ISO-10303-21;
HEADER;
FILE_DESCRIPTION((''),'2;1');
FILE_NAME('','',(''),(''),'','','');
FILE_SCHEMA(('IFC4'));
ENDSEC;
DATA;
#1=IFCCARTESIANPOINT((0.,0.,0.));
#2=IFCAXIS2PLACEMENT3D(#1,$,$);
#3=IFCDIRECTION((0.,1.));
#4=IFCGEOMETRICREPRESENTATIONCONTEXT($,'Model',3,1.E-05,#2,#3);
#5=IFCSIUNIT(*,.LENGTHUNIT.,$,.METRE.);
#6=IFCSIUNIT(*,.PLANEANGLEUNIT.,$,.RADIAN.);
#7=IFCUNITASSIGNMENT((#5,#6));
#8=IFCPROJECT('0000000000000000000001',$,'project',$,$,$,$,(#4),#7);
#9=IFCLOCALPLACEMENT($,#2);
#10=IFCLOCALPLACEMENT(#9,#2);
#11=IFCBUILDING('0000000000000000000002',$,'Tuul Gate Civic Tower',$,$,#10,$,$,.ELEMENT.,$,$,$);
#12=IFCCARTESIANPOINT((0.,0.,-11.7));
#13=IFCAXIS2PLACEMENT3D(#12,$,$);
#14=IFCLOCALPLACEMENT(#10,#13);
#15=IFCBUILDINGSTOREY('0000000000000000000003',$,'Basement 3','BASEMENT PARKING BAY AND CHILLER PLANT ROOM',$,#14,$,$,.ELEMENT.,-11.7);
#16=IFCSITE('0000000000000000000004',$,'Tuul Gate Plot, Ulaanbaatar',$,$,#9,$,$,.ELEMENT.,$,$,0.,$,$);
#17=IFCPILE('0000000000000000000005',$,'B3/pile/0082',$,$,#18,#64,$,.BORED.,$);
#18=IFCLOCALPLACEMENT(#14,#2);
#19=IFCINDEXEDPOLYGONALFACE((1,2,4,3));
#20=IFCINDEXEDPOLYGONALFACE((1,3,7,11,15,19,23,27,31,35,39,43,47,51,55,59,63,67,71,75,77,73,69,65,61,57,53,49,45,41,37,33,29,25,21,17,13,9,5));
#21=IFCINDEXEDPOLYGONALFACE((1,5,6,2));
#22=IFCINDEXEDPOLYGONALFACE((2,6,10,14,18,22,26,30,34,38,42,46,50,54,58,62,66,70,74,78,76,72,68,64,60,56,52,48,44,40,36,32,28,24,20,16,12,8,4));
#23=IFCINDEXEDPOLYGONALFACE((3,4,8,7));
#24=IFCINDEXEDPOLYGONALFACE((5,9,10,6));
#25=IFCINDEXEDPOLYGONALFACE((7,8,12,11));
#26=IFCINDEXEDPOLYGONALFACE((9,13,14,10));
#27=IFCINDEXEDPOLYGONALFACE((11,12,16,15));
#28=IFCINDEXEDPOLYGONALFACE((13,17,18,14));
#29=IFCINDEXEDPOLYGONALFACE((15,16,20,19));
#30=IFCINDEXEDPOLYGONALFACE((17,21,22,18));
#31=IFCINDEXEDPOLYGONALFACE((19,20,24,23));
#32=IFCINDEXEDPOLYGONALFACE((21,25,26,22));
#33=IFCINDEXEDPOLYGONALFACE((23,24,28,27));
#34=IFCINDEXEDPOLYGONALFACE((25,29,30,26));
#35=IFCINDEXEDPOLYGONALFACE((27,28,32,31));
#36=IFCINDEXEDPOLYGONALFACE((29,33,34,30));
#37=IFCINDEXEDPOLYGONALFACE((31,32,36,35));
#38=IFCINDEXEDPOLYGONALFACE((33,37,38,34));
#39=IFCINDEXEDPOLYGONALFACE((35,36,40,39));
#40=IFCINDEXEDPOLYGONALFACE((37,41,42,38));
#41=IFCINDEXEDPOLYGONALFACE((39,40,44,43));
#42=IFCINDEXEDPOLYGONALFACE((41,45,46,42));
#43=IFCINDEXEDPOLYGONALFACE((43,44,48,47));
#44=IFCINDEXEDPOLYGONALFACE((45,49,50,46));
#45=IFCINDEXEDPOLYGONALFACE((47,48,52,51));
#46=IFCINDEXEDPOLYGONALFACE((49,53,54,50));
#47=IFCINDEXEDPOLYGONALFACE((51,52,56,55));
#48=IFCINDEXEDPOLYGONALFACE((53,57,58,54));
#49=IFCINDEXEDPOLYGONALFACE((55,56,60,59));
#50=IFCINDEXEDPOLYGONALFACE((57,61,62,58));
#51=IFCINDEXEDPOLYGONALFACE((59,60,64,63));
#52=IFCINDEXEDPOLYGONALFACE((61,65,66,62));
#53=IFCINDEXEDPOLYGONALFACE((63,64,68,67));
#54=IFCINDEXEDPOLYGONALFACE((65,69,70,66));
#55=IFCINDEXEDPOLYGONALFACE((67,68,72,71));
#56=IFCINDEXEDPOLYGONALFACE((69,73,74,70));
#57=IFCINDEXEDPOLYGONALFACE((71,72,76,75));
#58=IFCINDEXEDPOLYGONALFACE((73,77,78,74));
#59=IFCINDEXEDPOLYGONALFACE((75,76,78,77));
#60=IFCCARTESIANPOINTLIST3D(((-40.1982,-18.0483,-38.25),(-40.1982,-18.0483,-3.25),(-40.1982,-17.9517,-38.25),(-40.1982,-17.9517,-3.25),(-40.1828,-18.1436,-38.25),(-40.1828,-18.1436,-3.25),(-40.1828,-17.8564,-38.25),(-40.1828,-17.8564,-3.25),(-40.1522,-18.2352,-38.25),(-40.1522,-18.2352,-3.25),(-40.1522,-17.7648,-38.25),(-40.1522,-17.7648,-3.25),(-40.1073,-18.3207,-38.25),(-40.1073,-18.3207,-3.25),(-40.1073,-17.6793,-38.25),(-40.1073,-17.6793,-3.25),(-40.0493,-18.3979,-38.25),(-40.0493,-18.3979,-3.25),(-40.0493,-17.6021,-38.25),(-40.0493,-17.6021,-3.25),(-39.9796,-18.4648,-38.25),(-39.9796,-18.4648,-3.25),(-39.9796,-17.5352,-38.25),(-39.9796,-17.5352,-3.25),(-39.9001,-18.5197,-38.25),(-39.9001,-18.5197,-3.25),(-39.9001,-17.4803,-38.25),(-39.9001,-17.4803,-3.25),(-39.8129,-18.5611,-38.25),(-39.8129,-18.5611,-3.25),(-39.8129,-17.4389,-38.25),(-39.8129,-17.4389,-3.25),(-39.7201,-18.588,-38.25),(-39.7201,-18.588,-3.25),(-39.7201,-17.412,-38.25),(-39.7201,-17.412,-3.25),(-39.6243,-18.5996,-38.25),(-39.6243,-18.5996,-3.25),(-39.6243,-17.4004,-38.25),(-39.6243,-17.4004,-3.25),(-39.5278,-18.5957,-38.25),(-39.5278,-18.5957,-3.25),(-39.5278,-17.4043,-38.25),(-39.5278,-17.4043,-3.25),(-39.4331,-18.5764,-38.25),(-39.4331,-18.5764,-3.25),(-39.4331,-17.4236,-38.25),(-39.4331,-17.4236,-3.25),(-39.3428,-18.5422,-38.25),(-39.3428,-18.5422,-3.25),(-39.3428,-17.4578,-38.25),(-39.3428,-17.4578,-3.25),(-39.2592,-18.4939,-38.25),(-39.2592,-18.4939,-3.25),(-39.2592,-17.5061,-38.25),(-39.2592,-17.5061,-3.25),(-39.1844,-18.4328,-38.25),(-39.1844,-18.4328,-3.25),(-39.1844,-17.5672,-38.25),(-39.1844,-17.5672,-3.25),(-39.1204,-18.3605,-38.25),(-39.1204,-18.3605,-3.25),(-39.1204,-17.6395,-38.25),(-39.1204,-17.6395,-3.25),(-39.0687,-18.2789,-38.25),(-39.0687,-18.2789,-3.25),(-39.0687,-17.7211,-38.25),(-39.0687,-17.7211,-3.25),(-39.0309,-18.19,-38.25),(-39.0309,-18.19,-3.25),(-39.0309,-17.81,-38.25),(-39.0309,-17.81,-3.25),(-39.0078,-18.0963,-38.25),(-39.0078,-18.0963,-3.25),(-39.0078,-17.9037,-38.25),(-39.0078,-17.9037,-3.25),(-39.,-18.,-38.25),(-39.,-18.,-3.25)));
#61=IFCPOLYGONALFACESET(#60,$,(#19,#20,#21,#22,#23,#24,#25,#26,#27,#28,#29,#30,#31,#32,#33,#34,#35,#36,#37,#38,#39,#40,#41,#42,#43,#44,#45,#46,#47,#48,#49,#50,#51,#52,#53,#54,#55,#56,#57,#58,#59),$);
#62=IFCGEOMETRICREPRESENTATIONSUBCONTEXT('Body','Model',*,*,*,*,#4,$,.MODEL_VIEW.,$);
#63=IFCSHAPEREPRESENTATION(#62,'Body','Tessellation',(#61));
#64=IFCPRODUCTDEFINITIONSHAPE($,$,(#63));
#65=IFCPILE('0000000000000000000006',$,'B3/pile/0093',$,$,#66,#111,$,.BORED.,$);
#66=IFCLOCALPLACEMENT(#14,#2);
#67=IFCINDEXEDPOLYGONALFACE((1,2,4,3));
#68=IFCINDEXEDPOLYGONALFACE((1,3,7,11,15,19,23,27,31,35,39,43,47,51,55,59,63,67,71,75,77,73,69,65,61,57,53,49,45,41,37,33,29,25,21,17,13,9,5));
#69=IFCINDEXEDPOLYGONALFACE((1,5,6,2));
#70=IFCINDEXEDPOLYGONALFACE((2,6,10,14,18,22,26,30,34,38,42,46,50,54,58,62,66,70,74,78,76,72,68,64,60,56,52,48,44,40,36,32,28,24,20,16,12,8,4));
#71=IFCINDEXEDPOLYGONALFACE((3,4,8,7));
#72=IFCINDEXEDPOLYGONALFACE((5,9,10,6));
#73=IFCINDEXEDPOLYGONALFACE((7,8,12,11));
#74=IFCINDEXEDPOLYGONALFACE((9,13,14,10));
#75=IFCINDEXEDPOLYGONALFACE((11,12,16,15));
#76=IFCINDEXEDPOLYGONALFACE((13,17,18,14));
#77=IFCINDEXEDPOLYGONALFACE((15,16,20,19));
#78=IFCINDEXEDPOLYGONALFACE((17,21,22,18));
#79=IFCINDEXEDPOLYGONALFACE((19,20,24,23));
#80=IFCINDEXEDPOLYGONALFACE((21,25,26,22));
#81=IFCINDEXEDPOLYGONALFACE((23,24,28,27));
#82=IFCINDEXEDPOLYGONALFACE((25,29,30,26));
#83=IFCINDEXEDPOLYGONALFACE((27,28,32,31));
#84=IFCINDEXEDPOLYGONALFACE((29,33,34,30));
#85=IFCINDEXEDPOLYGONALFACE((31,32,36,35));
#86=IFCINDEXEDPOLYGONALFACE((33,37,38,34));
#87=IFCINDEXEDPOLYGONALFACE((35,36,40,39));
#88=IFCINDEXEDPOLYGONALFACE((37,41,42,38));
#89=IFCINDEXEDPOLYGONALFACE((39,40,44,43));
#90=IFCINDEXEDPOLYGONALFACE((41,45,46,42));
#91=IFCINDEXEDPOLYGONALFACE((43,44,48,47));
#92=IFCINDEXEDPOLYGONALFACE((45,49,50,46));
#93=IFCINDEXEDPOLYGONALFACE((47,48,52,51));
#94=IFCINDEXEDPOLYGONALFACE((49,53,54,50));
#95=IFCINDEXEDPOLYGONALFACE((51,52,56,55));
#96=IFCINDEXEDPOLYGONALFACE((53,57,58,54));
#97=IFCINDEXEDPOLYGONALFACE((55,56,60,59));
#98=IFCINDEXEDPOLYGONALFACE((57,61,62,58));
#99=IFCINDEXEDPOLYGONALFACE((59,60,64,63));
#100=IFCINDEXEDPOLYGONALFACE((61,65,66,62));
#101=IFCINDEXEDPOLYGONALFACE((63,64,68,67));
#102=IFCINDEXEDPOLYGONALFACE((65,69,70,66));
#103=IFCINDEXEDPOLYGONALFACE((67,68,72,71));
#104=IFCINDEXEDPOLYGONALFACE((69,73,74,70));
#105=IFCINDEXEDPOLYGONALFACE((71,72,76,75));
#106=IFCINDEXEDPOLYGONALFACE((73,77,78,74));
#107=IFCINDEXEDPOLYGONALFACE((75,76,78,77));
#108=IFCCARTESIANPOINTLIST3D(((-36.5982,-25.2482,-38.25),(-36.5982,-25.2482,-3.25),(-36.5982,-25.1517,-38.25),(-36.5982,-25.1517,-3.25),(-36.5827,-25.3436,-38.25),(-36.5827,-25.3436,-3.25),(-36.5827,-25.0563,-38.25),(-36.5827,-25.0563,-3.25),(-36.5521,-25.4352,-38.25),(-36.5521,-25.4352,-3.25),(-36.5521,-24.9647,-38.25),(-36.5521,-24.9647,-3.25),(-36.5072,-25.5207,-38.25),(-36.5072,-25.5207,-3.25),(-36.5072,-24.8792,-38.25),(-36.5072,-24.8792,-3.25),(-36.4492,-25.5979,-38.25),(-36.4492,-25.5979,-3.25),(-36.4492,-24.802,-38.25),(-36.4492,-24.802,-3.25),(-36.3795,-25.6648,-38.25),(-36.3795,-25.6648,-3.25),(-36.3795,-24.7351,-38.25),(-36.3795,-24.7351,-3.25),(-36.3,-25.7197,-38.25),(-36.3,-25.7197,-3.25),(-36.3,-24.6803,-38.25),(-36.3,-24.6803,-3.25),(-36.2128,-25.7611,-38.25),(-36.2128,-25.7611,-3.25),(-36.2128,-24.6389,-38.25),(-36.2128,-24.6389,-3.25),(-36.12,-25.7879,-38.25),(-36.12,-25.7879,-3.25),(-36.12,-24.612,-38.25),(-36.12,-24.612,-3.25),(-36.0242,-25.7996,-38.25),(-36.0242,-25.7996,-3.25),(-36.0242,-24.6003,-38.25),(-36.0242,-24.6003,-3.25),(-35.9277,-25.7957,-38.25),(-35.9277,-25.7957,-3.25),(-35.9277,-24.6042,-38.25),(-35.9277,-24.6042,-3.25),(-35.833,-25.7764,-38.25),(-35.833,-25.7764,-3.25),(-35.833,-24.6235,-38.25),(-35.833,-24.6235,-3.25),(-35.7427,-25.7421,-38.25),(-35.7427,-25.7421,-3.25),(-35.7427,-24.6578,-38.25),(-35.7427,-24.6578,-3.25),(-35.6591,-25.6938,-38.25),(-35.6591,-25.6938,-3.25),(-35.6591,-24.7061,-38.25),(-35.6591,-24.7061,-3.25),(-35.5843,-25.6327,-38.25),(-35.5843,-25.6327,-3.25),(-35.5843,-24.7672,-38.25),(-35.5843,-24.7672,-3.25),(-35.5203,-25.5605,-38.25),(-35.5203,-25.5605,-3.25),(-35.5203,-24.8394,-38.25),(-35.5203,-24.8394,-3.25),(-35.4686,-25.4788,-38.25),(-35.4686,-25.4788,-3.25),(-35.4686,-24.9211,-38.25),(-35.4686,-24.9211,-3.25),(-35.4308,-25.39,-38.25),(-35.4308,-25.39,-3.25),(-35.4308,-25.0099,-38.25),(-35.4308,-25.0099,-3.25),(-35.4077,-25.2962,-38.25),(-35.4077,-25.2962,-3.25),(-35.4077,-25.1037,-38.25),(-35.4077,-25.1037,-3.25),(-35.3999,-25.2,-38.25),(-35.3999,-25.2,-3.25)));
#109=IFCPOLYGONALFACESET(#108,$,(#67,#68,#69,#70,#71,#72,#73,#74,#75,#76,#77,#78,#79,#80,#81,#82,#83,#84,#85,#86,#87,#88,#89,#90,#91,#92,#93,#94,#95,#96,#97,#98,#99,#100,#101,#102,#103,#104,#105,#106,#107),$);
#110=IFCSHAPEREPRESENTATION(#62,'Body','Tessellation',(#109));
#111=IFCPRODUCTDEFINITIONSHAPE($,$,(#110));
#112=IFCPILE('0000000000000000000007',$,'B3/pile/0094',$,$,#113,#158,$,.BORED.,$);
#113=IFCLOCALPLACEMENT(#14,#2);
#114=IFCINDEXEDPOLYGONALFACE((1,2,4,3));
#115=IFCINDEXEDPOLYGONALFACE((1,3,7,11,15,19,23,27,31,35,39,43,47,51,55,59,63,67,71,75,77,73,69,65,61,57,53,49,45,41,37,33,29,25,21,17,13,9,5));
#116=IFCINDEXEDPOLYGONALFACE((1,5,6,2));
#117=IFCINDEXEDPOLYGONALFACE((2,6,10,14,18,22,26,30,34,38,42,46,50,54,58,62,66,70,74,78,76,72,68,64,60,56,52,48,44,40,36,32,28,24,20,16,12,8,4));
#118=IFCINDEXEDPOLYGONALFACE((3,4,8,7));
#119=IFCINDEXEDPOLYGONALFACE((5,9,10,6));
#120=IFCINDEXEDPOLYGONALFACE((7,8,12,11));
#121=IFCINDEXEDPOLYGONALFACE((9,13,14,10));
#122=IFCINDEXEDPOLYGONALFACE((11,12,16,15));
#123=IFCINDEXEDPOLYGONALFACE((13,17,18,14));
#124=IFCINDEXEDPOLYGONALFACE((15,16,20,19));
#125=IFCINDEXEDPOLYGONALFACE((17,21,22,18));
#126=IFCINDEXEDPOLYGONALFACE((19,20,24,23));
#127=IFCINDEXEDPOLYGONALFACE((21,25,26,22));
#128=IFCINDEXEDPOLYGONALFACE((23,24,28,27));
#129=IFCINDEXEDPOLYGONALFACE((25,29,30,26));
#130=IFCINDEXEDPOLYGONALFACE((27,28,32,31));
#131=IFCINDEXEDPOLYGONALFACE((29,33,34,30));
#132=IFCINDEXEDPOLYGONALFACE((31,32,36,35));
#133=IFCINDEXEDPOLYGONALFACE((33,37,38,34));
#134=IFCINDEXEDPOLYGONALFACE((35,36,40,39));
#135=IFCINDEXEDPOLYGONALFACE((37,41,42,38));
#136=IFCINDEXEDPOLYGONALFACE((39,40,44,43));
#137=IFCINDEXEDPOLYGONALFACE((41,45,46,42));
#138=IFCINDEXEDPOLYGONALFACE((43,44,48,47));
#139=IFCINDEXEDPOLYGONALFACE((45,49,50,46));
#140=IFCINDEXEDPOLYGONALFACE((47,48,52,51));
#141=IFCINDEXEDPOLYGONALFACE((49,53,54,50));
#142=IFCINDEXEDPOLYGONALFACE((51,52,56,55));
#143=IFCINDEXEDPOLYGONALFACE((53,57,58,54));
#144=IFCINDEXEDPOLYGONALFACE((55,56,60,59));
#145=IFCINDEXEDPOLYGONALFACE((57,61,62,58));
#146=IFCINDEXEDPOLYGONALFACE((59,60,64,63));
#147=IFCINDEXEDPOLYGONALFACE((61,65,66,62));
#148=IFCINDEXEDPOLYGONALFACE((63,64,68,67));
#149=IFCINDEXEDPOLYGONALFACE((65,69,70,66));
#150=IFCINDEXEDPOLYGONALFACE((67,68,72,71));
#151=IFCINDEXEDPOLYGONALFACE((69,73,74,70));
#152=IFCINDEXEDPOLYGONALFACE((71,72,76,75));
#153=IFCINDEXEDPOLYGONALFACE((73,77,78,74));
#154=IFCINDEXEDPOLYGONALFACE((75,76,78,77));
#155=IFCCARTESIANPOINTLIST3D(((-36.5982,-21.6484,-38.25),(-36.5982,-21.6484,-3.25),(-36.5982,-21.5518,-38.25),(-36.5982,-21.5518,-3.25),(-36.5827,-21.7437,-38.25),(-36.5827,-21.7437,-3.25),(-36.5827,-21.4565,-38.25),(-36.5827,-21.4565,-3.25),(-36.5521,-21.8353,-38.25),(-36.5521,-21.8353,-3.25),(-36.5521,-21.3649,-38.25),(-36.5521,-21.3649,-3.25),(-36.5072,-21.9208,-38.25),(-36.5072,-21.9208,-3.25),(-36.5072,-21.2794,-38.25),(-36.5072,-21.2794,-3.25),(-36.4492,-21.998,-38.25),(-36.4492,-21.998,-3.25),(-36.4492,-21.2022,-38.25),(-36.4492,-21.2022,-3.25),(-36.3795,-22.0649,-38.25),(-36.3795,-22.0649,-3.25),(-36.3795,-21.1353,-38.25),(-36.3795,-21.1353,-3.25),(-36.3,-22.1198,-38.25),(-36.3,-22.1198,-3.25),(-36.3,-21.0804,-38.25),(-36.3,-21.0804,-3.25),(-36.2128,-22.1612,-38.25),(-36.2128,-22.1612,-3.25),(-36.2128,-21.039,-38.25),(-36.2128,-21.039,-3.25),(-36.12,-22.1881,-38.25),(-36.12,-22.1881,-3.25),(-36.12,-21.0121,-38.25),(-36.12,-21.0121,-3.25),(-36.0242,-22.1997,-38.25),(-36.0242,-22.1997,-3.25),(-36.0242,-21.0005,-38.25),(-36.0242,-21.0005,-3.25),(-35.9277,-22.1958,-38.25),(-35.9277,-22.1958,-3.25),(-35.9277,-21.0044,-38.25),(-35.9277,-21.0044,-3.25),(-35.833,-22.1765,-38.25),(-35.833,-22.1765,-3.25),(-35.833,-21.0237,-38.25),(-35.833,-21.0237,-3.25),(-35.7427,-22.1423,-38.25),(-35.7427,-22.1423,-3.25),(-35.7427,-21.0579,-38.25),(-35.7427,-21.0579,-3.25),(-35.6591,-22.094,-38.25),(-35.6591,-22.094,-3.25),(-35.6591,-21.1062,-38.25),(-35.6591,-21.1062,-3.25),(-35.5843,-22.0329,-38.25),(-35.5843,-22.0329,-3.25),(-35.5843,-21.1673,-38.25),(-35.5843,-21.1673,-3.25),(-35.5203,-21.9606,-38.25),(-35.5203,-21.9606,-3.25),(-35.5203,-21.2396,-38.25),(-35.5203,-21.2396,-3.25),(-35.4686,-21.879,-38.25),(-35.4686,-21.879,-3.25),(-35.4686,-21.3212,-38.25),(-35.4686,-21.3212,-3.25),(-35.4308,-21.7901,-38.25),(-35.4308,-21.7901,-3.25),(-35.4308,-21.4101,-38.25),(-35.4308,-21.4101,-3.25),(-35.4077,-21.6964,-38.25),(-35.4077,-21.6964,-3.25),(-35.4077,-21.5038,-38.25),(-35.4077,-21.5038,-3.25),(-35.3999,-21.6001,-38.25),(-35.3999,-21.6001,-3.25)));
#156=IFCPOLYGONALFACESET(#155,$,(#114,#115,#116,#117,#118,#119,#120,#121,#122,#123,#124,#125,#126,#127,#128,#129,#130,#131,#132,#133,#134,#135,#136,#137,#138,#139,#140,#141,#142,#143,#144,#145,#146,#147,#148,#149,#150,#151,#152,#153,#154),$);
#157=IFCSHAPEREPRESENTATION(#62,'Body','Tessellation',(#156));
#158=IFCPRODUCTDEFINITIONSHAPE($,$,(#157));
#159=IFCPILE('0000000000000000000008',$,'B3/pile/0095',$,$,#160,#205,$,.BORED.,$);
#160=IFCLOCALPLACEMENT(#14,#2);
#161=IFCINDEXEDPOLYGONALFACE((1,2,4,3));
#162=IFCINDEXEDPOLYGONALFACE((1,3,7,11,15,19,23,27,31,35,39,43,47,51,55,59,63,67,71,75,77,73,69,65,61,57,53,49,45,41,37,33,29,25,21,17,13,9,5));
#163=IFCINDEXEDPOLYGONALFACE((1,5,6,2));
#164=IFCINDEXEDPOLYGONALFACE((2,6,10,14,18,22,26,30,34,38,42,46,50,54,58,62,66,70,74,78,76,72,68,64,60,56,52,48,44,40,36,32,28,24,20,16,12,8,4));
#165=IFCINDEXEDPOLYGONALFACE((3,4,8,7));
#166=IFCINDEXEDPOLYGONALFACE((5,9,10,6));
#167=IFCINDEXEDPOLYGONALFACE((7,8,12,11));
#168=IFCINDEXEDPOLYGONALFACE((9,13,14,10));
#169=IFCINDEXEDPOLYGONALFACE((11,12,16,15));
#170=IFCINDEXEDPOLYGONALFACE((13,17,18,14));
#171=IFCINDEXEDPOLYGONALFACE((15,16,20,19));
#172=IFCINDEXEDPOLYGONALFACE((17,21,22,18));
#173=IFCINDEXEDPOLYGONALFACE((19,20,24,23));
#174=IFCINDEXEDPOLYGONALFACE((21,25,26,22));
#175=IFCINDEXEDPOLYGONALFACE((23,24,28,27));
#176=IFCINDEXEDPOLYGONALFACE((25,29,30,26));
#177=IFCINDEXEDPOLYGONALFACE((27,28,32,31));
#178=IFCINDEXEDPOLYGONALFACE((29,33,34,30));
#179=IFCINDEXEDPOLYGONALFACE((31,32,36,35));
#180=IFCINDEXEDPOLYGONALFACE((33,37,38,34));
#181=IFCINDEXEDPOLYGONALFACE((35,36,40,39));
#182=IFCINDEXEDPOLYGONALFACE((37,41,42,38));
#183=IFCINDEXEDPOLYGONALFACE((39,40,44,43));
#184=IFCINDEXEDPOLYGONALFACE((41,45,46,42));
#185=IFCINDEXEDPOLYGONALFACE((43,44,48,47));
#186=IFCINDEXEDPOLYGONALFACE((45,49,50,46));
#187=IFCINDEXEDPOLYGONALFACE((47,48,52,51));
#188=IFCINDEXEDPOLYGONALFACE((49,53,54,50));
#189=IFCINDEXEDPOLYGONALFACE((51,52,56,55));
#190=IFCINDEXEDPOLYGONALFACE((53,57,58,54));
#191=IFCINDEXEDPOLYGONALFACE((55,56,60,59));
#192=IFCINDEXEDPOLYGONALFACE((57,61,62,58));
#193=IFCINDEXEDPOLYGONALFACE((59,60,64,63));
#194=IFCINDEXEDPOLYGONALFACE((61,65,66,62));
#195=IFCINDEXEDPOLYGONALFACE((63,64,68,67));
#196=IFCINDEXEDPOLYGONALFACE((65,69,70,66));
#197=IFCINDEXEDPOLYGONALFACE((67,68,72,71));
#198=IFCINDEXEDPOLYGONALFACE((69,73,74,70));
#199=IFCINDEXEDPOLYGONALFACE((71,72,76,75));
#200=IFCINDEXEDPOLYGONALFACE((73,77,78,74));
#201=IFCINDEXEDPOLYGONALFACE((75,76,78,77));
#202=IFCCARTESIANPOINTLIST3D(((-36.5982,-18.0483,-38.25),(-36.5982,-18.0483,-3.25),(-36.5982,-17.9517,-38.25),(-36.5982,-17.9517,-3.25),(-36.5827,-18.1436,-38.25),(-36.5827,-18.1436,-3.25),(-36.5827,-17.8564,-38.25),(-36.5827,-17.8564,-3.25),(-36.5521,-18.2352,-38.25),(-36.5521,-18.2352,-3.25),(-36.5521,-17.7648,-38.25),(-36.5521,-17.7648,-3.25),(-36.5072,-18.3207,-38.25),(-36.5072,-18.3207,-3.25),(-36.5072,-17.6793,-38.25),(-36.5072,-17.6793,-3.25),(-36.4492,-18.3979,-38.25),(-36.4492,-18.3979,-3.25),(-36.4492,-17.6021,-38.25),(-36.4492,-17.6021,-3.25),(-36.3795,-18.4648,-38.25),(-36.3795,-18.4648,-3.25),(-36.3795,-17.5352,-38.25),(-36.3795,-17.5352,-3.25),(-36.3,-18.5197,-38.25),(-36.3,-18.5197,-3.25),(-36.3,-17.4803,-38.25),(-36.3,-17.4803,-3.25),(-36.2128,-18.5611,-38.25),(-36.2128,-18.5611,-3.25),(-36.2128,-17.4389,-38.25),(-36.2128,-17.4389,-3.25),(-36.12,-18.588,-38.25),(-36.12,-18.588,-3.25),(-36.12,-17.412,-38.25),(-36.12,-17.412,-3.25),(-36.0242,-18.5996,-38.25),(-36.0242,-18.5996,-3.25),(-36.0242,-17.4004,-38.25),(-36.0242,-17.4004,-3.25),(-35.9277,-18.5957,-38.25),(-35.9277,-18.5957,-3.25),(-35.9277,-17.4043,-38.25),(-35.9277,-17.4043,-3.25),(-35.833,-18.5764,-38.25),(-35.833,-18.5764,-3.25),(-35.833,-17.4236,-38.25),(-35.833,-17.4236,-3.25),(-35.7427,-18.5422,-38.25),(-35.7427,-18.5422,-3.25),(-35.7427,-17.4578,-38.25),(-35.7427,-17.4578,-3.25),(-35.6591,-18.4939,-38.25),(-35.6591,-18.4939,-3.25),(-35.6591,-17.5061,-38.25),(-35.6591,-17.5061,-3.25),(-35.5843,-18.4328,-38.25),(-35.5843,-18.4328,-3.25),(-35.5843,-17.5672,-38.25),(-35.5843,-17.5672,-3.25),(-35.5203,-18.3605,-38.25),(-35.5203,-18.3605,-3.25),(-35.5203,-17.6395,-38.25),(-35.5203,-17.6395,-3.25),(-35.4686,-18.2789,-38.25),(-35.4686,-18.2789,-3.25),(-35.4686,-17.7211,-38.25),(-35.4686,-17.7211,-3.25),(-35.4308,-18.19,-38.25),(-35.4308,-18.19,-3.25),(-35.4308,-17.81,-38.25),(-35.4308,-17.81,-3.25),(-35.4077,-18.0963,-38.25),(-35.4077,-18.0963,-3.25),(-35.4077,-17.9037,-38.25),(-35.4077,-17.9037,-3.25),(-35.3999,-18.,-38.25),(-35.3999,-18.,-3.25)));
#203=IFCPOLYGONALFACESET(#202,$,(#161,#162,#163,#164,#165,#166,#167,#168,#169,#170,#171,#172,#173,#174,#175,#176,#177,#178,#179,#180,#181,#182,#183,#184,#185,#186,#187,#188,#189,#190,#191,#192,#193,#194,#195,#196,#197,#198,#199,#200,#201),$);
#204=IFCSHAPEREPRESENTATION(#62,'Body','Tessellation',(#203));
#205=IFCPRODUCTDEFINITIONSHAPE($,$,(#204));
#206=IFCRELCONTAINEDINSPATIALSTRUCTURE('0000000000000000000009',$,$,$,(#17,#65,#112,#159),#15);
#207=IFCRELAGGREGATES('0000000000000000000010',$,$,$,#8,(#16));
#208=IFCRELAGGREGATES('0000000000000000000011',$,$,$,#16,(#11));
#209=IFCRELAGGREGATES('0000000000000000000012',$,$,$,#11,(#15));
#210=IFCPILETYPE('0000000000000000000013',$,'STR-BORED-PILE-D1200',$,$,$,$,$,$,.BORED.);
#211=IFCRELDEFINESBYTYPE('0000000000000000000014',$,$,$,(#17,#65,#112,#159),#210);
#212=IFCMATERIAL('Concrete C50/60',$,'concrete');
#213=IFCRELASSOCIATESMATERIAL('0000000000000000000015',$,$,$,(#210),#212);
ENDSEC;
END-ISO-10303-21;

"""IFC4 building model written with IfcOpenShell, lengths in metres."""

from ifc_helpers import new_model, si_unit, direction, frame, origin, origin_2d, place, context, subcontext, project, spatial, circle, extrude, material, material_profile, profile_set, type_object, element, save


model = new_model("IFC4")

# Units and contexts
model_context = context("Model", 3, precision=1e-05, world=origin(), true_north=direction((0.0, 1.0)))
body_context = subcontext(model_context, "Body", "Model", "MODEL_VIEW")
ifc_project = project(units=[si_unit("LENGTHUNIT", "METRE"), si_unit("PLANEANGLEUNIT", "RADIAN")], contexts=[model_context])

# Site, building, storey
site_placement = place(None, origin())
site = spatial("IfcSite", under=ifc_project, at=site_placement, Name="Tuul Gate Plot, Ulaanbaatar", CompositionType="ELEMENT", RefElevation=0.0)
building_placement = place(site_placement, origin())
building = spatial("IfcBuilding", under=site, at=building_placement, Name="Tuul Gate Civic Tower", CompositionType="ELEMENT")
storey_placement = place(building_placement, frame((0.0, 0.0, -11.7)))
storey = spatial("IfcBuildingStorey", under=building, at=storey_placement, Name="Basement 3", Description="BASEMENT PARKING BAY AND CHILLER PLANT ROOM", CompositionType="ELEMENT", Elevation=-11.7)

# Piles
ifc_material_1 = material(Name="Concrete C50/60", Category="concrete")
ifc_material_profile_1 = material_profile(ifc_material_1, circle(Radius=0.6001, at=origin_2d()), Name="PILE1200")
ifc_profile_set_1 = profile_set([ifc_material_profile_1], Name="Concrete C50/60")
pile_type = type_object("IfcPileType", Name="STR-BORED-PILE-D1200", PredefinedType="BORED", material=ifc_profile_set_1)
for number, where, z_axis, x_axis, name in (
    (1, (-39.6001, -18.0, -3.25), (0.0, 0.0, -1.0), (1.0, 0.0, 0.0), "B3/pile/0082"),
    (2, (-36.0, -25.2, -3.25), (0.0, 0.0, -1.0), (1.0, 0.0, 0.0), "B3/pile/0093"),
    (3, (-36.0, -21.6001, -3.25), (0.0, 0.0, -1.0), (1.0, 0.0, 0.0), "B3/pile/0094"),
    (4, (-36.0, -18.0, -3.25), (0.0, 0.0, -1.0), (1.0, 0.0, 0.0), "B3/pile/0095"),
):
    element("IfcPile", number, at=place(storey_placement, frame(where, z_axis=z_axis, x_axis=x_axis)), inside=storey, type_object=pile_type, Name=name, PredefinedType="BORED", context=body_context, shape_type="SweptSolid", body=[
        extrude(circle(Radius=0.6001, at=origin_2d()), origin(), (0.0, 0.0, 1.0), 35.0),
    ])

save(model, "model.ifc")
